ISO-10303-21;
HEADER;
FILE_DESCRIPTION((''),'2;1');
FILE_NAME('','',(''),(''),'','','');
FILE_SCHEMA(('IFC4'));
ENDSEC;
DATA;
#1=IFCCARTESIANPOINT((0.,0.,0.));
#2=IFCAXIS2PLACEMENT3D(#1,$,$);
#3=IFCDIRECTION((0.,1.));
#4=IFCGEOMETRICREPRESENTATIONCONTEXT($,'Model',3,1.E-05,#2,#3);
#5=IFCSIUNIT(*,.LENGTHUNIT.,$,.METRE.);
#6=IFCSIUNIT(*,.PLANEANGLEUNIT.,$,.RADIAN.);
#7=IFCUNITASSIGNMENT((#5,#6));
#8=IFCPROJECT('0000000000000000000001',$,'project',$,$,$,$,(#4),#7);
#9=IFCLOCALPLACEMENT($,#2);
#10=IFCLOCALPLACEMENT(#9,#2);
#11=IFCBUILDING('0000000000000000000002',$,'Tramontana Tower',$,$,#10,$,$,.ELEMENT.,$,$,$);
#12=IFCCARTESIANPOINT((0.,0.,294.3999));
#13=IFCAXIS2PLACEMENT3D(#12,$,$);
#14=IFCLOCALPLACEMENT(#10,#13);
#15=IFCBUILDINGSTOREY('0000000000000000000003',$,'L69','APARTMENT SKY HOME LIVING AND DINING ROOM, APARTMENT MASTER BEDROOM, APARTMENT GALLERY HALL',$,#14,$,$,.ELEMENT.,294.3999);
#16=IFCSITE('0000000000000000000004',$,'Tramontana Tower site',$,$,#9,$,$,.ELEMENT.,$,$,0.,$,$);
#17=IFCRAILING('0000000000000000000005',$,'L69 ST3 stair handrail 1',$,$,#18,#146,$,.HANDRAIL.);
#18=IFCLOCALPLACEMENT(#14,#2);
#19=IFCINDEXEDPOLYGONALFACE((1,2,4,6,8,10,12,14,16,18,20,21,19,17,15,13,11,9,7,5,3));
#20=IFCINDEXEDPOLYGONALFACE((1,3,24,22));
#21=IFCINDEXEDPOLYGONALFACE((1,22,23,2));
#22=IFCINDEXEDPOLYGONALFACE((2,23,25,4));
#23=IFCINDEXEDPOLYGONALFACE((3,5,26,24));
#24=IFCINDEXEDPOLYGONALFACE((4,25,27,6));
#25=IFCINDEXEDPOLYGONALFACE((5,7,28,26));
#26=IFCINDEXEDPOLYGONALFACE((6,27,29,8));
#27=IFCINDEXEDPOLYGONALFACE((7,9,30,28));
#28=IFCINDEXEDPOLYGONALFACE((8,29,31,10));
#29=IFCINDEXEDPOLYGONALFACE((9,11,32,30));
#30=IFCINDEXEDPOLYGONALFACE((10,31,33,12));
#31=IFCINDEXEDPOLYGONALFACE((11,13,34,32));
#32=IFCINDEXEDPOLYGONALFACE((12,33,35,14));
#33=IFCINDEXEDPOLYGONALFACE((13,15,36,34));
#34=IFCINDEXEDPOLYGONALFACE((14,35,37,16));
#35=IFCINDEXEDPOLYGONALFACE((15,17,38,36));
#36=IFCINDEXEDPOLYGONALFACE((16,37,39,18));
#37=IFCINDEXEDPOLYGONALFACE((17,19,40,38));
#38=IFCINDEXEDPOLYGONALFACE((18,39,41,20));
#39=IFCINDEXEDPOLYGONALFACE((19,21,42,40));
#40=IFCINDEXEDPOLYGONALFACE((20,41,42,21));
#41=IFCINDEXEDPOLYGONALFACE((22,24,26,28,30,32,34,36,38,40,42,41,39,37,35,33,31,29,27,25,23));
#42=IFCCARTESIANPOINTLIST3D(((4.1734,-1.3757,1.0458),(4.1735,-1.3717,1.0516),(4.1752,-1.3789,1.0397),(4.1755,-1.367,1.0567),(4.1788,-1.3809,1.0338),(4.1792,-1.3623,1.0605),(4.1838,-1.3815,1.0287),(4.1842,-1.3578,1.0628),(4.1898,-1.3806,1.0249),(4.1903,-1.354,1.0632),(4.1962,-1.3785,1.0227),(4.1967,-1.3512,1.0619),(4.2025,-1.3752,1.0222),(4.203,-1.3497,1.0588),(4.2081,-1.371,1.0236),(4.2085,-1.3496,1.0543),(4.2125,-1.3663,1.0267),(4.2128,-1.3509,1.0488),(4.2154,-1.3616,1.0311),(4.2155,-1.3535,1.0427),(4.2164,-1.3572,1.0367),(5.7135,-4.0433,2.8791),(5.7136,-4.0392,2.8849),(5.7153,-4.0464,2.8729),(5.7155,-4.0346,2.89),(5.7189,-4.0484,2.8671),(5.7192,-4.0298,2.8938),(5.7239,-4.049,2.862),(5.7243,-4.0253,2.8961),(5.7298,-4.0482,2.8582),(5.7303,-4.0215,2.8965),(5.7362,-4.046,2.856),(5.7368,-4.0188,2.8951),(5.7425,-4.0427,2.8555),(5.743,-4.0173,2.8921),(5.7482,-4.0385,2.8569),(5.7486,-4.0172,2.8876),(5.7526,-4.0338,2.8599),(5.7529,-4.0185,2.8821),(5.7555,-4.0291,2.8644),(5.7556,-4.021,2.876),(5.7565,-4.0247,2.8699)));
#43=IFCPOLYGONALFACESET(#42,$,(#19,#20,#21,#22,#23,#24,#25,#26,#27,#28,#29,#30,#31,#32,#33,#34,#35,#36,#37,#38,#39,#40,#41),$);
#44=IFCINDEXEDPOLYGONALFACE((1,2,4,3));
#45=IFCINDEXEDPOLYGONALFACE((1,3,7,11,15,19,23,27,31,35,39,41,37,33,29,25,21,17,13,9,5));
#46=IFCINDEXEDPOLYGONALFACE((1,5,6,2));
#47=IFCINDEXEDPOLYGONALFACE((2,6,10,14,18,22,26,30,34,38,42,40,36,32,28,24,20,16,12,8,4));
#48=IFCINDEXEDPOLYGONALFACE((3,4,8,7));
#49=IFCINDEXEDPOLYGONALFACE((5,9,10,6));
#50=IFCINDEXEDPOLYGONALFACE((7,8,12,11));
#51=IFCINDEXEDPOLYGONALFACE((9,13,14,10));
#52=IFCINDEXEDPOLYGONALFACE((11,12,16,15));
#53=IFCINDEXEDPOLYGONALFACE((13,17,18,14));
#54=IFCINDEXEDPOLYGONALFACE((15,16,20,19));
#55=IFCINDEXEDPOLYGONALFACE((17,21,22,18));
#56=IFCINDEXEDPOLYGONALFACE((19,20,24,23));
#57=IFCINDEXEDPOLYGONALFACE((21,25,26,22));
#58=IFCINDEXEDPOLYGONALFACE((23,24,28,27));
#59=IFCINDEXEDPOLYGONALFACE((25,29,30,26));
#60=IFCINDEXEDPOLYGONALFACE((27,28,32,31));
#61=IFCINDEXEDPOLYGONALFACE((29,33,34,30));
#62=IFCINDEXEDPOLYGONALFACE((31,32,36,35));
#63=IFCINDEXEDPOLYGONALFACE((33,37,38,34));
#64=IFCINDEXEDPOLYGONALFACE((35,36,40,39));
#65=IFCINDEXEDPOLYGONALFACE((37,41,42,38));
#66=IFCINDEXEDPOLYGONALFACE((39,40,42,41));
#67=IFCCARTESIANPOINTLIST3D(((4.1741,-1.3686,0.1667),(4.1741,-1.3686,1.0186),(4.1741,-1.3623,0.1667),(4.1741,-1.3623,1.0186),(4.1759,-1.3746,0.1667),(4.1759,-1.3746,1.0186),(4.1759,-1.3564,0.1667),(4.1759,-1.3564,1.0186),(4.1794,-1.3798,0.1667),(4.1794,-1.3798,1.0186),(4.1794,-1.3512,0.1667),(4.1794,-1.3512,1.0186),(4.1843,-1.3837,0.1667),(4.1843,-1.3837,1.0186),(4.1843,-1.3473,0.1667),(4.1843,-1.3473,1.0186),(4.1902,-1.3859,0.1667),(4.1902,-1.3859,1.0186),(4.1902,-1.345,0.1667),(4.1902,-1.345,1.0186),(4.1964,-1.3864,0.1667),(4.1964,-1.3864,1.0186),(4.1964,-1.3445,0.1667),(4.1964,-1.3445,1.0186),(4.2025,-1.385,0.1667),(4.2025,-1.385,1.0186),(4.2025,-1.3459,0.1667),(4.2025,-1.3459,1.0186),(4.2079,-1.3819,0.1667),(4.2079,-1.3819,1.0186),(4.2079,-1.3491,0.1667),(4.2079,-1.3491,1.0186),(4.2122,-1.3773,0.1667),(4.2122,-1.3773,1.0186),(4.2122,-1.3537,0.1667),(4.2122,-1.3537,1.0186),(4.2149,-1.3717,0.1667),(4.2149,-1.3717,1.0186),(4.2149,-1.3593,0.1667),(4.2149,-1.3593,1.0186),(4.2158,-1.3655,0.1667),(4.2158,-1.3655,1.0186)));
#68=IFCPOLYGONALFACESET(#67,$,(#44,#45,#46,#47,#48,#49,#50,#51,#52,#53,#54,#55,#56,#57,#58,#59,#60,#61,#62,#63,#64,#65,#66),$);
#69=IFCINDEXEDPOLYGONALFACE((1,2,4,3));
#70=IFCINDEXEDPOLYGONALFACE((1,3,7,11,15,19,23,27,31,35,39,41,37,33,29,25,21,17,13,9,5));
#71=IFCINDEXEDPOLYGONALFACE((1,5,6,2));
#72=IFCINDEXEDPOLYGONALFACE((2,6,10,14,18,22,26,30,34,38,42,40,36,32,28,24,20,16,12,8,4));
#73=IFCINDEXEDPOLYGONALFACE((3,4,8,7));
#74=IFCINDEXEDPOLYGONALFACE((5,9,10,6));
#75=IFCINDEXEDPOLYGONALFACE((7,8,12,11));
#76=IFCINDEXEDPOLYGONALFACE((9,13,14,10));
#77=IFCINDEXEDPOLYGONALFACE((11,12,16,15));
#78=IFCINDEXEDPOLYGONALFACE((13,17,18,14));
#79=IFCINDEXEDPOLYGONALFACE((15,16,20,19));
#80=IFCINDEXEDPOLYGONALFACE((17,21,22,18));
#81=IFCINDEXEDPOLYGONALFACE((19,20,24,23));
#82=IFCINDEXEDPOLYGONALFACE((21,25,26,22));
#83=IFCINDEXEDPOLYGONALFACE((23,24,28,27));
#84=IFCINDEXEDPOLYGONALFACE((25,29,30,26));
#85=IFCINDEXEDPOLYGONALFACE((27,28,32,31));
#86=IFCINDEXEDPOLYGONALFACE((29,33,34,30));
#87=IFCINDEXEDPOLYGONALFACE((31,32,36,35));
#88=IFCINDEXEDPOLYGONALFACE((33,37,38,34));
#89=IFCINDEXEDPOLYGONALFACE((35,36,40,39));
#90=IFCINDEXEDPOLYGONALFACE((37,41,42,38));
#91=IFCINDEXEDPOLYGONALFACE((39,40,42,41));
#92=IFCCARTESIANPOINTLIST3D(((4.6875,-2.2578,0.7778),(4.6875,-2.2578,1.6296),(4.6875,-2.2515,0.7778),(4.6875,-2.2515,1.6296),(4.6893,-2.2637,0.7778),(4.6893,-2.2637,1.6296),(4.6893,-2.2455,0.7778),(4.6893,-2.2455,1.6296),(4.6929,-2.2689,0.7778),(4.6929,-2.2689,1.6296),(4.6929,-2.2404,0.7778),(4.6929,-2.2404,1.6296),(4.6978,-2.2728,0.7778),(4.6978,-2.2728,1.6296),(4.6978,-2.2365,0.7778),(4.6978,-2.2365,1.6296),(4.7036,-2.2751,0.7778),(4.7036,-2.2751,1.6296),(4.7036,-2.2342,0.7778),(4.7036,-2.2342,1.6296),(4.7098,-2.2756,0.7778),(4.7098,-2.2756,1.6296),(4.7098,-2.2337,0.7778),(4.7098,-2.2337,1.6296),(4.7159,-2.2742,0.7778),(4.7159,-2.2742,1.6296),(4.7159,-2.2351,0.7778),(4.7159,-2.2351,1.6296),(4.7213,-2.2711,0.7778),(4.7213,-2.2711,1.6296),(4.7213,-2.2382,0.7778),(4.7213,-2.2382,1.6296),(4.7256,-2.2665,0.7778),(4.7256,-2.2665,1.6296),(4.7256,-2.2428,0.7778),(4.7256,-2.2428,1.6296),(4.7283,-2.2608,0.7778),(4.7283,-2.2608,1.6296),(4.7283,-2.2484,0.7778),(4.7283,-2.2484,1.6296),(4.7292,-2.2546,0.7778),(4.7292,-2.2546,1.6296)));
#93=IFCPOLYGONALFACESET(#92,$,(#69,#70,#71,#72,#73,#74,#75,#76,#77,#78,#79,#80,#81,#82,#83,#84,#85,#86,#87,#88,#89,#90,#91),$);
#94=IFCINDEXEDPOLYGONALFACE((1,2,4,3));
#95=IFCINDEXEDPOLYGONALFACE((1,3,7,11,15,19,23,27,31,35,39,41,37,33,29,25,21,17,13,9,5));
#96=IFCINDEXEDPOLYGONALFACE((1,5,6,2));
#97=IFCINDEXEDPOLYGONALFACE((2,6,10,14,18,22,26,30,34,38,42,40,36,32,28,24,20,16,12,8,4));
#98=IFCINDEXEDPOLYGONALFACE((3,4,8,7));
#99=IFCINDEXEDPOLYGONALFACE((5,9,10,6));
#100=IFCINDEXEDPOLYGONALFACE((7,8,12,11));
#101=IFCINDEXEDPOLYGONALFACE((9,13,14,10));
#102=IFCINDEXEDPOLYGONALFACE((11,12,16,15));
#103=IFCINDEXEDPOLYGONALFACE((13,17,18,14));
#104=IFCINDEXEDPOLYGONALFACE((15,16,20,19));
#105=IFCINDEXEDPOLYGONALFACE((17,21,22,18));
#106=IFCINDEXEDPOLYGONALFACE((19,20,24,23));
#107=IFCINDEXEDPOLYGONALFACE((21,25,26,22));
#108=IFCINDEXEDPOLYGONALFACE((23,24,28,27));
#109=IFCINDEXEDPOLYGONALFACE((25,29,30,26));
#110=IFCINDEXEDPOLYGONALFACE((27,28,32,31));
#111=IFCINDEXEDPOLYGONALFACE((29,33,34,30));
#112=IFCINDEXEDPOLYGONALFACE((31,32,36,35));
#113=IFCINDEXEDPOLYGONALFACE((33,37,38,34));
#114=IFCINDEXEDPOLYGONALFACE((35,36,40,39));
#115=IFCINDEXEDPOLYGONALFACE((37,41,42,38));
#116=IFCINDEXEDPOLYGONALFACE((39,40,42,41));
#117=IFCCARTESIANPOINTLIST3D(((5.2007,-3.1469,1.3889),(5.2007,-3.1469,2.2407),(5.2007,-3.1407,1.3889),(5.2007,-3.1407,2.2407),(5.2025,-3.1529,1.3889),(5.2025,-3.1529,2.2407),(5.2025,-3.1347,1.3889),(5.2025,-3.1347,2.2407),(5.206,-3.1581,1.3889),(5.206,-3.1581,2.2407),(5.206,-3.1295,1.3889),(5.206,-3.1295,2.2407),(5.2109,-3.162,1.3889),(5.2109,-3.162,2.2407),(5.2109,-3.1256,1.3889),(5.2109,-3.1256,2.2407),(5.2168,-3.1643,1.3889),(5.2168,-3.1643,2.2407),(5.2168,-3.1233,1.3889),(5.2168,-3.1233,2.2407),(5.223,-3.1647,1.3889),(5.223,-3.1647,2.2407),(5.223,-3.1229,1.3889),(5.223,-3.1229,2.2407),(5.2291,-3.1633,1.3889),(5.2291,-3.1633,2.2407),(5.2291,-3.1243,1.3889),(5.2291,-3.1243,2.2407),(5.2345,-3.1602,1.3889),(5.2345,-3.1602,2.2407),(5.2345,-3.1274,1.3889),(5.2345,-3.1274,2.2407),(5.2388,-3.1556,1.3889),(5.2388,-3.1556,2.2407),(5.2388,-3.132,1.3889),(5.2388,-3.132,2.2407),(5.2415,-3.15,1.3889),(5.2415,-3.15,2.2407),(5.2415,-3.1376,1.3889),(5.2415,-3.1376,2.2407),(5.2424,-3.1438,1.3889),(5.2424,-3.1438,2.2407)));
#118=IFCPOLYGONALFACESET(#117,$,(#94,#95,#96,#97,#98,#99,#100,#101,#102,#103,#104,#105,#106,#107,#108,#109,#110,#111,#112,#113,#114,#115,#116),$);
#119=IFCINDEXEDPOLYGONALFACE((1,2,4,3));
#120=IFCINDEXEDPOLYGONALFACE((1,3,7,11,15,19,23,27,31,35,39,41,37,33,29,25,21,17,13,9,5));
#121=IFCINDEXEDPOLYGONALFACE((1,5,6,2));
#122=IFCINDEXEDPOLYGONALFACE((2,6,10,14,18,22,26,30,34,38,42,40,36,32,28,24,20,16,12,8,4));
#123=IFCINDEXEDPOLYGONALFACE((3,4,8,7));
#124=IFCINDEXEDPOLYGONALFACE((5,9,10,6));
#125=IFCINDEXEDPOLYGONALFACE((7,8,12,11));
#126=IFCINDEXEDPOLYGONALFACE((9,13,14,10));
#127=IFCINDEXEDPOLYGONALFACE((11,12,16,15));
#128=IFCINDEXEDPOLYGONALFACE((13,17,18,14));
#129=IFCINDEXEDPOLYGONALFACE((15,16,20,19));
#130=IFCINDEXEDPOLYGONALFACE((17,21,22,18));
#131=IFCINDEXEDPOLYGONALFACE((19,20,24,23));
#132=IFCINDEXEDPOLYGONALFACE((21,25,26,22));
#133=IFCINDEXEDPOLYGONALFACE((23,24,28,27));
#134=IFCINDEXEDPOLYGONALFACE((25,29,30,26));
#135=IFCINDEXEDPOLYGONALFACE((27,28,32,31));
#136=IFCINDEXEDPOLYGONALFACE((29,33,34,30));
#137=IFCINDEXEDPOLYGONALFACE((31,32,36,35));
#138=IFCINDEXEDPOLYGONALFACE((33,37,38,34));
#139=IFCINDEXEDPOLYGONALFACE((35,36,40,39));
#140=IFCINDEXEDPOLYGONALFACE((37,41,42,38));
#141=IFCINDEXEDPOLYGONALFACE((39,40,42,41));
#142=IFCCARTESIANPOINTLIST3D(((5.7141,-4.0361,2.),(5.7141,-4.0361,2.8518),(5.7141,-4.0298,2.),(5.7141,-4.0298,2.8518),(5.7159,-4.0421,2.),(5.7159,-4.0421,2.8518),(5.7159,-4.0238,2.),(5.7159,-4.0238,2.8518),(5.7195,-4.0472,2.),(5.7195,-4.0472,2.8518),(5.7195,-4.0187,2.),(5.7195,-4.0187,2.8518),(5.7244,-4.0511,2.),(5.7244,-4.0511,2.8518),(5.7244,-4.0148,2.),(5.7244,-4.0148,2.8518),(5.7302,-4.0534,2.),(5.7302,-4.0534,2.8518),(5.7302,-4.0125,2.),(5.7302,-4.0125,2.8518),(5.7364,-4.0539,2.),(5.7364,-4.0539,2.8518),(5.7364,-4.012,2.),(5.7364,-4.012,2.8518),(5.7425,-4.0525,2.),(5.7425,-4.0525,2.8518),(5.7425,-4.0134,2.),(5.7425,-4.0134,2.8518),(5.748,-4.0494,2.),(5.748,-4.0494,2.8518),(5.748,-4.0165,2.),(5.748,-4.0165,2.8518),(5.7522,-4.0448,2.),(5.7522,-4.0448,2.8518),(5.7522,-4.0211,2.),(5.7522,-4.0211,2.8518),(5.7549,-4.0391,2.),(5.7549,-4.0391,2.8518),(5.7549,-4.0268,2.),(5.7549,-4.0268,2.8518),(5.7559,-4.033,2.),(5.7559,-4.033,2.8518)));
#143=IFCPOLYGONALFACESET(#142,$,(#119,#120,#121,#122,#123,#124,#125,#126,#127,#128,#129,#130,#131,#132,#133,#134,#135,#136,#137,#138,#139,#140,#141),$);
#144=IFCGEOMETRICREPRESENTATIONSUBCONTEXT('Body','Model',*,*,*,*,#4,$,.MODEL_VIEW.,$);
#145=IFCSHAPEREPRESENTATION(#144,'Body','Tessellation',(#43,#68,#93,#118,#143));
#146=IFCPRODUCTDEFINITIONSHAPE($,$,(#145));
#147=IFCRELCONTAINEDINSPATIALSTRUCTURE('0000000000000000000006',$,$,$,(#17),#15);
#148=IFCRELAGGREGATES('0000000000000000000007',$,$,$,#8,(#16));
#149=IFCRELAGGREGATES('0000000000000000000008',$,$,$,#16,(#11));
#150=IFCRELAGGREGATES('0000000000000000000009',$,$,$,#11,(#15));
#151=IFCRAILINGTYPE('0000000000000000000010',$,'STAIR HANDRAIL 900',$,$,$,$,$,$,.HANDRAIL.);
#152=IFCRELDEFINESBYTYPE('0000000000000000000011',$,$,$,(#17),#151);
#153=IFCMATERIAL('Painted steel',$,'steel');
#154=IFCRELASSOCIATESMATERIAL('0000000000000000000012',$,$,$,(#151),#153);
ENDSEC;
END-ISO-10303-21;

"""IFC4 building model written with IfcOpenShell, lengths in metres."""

from ifc_helpers import new_model, si_unit, direction, frame, origin, origin_2d, place, context, subcontext, project, spatial, circle, extrude, material, type_object, element, save


model = new_model("IFC4")

# Units and contexts
model_context = context("Model", 3, precision=1e-05, world=origin(), true_north=direction((0.0, 1.0)))
body_context = subcontext(model_context, "Body", "Model", "MODEL_VIEW")
ifc_project = project(units=[si_unit("LENGTHUNIT", "METRE"), si_unit("PLANEANGLEUNIT", "RADIAN")], contexts=[model_context])

# Site, building, storey
site_placement = place(None, origin())
site = spatial("IfcSite", under=ifc_project, at=site_placement, Name="Tramontana Tower site", CompositionType="ELEMENT", RefElevation=0.0)
building_placement = place(site_placement, origin())
building = spatial("IfcBuilding", under=site, at=building_placement, Name="Tramontana Tower", CompositionType="ELEMENT")
storey_placement = place(building_placement, frame((0.0, 0.0, 294.3999)))
storey = spatial("IfcBuildingStorey", under=building, at=storey_placement, Name="L69", Description="APARTMENT SKY HOME LIVING AND DINING ROOM, APARTMENT MASTER BEDROOM, APARTMENT GALLERY HALL", CompositionType="ELEMENT", Elevation=294.3999)

# Railing
ifc_material_1 = material(Name="Painted steel", Category="steel")
railing_type_1 = type_object("IfcRailingType", Name="STAIR HANDRAIL 900", PredefinedType="HANDRAIL", material=ifc_material_1)
railing_1_placement = place(storey_placement, frame((4.1948, -1.3655, 0.1667)))
element("IfcRailing", 1, at=railing_1_placement, inside=storey, type_object=railing_type_1, Name="L69 ST3 stair handrail 1", PredefinedType="HANDRAIL", context=body_context, shape_type="SweptSolid", body=[
    extrude(circle(Radius=0.0239, at=origin_2d()), frame((0.0, 0.0, 0.876), z_axis=(0.429649, -0.74419, 0.511452), x_axis=(0.86603, 0.499992, 0.0)), (0.0, 0.0, 1.0), 3.5845),
    extrude(circle(Radius=0.021, at=origin_2d()), origin(), (0.0, 0.0, 1.0), 0.8518),
    extrude(circle(Radius=0.021, at=origin_2d()), frame((0.5134, -0.8892, 0.6111)), (0.0, 0.0, 1.0), 0.8518),
    extrude(circle(Radius=0.021, at=origin_2d()), frame((1.0266, -1.7783, 1.2222)), (0.0, 0.0, 1.0), 0.8518),
    extrude(circle(Radius=0.021, at=origin_2d()), frame((1.54, -2.6675, 1.8333)), (0.0, 0.0, 1.0), 0.8518),
])

save(model, "model.ifc")
